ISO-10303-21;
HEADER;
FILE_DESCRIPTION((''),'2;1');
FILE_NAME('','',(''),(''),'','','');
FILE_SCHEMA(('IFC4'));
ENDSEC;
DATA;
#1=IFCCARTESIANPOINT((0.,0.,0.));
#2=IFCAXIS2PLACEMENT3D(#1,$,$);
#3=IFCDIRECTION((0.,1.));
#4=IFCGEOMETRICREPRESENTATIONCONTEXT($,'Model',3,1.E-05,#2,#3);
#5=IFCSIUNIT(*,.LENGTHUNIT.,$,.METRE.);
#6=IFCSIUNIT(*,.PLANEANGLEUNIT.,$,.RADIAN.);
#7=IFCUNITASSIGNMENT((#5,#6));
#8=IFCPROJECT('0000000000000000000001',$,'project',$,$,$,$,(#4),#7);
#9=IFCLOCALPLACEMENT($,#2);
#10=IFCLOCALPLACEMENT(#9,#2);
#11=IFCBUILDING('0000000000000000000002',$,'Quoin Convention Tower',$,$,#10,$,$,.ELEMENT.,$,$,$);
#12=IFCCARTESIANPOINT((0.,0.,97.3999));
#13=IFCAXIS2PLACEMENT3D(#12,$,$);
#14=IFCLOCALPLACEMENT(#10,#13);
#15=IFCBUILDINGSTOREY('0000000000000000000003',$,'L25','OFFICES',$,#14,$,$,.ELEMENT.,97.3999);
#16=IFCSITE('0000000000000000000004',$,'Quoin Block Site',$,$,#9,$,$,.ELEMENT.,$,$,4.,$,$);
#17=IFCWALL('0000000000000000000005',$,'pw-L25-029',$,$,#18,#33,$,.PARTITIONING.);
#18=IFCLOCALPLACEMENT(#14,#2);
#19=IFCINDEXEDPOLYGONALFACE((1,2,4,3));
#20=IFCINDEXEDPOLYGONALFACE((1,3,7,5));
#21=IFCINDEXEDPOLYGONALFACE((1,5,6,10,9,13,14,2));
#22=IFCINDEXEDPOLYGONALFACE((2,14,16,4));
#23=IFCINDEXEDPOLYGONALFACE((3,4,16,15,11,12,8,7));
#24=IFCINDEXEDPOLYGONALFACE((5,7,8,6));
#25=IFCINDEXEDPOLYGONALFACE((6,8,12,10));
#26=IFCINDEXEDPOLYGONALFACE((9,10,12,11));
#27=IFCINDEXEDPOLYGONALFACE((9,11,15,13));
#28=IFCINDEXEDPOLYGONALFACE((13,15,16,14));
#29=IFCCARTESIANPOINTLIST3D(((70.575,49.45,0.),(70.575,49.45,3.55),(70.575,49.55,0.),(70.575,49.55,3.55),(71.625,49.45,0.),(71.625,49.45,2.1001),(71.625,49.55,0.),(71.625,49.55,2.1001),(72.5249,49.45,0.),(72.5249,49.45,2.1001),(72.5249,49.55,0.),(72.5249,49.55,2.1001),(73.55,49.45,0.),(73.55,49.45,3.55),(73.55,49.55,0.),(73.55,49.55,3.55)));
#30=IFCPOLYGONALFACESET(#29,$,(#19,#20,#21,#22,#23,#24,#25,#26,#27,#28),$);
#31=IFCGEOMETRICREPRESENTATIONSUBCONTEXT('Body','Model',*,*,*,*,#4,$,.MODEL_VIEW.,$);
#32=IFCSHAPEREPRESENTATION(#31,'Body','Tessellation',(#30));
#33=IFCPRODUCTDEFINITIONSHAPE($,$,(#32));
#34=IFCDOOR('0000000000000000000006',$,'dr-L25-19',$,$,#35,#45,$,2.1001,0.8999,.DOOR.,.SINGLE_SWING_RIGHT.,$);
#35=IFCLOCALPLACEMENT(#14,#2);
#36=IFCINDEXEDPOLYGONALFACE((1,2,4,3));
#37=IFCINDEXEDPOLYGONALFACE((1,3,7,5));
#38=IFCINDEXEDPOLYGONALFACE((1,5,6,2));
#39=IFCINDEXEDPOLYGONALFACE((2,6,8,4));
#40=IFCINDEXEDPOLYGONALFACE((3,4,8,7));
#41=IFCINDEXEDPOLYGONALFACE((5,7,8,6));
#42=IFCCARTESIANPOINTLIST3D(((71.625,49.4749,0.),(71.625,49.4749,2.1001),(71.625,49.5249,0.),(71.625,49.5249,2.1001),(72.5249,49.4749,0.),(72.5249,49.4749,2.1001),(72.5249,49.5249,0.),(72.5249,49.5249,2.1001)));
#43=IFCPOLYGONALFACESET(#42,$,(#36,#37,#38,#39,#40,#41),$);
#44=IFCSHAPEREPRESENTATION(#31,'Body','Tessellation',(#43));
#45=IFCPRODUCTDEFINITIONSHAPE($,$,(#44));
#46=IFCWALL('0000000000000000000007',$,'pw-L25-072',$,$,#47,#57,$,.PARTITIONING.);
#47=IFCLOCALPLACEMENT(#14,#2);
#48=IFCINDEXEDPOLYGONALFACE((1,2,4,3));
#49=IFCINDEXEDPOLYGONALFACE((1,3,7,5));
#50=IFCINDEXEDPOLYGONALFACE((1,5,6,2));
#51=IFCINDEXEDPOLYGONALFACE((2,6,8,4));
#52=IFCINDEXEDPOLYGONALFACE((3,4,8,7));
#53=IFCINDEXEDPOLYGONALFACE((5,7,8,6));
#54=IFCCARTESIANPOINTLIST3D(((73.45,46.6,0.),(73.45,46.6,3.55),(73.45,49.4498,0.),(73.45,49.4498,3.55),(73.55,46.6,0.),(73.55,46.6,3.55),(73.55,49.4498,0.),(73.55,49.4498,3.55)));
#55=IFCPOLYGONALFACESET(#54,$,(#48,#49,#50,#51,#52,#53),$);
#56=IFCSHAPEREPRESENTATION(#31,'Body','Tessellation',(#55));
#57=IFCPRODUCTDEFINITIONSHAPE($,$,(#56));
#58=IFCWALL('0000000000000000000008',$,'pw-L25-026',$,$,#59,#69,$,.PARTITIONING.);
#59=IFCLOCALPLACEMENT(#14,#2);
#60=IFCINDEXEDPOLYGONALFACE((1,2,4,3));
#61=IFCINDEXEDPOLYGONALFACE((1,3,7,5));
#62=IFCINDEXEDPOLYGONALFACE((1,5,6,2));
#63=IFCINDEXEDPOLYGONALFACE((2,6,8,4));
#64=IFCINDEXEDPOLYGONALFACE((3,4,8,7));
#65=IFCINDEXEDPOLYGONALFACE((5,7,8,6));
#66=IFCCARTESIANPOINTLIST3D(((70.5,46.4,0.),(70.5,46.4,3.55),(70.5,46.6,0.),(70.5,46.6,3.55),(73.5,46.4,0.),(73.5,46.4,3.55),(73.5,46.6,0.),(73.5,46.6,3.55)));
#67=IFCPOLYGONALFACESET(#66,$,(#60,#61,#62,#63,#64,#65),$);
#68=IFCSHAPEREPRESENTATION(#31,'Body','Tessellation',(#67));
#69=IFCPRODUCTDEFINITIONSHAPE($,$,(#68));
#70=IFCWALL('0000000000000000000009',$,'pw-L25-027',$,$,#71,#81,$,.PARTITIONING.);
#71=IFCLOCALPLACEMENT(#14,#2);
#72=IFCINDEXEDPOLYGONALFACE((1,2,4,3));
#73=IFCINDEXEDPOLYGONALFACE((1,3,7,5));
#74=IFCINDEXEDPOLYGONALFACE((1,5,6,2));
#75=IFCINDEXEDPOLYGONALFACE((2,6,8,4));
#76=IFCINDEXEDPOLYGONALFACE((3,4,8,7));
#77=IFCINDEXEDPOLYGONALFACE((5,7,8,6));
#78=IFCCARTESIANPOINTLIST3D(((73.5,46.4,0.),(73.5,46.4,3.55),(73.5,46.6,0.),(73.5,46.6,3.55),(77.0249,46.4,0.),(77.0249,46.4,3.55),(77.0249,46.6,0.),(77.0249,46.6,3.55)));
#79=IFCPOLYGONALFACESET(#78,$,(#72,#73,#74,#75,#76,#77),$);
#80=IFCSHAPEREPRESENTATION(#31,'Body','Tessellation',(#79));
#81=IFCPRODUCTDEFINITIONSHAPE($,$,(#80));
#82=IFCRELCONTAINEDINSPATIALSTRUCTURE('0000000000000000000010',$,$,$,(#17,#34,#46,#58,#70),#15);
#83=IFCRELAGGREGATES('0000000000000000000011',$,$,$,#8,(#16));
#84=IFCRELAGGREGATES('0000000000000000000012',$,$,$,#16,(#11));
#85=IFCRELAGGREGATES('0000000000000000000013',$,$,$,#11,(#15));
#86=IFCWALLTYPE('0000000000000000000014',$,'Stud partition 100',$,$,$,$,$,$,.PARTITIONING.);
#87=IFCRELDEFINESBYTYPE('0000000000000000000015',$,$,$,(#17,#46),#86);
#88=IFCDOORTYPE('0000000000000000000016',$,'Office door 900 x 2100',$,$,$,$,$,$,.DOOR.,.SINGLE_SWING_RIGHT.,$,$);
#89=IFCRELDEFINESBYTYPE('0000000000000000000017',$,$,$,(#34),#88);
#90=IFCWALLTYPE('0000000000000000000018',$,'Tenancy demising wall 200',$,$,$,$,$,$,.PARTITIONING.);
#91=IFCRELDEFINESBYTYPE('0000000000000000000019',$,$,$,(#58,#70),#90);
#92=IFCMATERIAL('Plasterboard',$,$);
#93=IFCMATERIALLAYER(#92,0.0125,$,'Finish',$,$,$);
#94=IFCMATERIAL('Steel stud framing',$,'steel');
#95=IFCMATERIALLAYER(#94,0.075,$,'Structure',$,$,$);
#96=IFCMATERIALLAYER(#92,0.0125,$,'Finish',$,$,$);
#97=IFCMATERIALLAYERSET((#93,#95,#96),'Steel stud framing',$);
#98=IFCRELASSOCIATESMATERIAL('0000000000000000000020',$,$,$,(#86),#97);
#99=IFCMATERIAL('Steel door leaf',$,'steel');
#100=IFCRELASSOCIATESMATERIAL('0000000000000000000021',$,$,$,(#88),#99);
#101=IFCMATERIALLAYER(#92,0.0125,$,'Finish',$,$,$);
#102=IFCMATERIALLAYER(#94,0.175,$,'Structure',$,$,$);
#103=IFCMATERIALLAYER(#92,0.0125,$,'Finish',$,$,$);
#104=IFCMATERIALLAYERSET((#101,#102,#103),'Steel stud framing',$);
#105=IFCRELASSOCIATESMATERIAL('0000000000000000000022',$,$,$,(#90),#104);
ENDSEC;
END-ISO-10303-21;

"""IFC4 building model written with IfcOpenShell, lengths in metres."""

from ifc_helpers import new_model, si_unit, direction, frame, frame_2d, origin, place, context, subcontext, project, spatial, rectangle, extrude, material, layer, layer_set, type_object, element, fill, save


model = new_model("IFC4")

# Units and contexts
model_context = context("Model", 3, precision=1e-05, world=origin(), true_north=direction((0.0, 1.0)))
body_context = subcontext(model_context, "Body", "Model", "MODEL_VIEW")
ifc_project = project(units=[si_unit("LENGTHUNIT", "METRE"), si_unit("PLANEANGLEUNIT", "RADIAN")], contexts=[model_context])

# Site, building, storey
site_placement = place(None, origin())
site = spatial("IfcSite", under=ifc_project, at=site_placement, Name="Quoin Block Site", CompositionType="ELEMENT", RefElevation=4.0)
building_placement = place(site_placement, origin())
building = spatial("IfcBuilding", under=site, at=building_placement, Name="Quoin Convention Tower", CompositionType="ELEMENT")
storey_placement = place(building_placement, frame((0.0, 0.0, 97.3999)))
storey = spatial("IfcBuildingStorey", under=building, at=storey_placement, Name="L25", Description="OFFICES", CompositionType="ELEMENT", Elevation=97.3999)

# Shared definitions
ifc_material_1 = material(Name="Plasterboard")
ifc_material_2 = material(Name="Steel stud framing", Category="steel")

# Wall, opening, door
ifc_material_3 = material(Name="Steel door leaf", Category="steel")
ifc_layer_1 = layer(ifc_material_1, 0.0125, Name="Finish")
ifc_layer_2 = layer(ifc_material_2, 0.075, Name="Structure")
ifc_layer_3 = layer(ifc_material_1, 0.0125, Name="Finish")
ifc_layer_set_1 = layer_set([ifc_layer_1, ifc_layer_2, ifc_layer_3], Name="Steel stud framing")
wall_type_1 = type_object("IfcWallType", Name="Stud partition 100", PredefinedType="PARTITIONING", material=ifc_layer_set_1)
wall_1_placement = place(storey_placement, frame((70.575, 49.5, 0.0), z_axis=(0.0, 0.0, 1.0), x_axis=(1.0, 0.0, 0.0)))
wall_1 = element("IfcWall", 1, at=wall_1_placement, inside=storey, type_object=wall_type_1, Name="pw-L25-029", PredefinedType="PARTITIONING", context=body_context, shape_type="SweptSolid", body=[
    extrude(rectangle(XDim=2.9751, YDim=0.1001, at=frame_2d((1.4875, 0.0))), origin(), (0.0, 0.0, 1.0), 3.55),
])
opening_1_placement = place(wall_1_placement, frame((1.05, 0.0, 0.0)))
opening_1 = element("IfcOpeningElement", 2, at=opening_1_placement, cuts=wall_1, PredefinedType="OPENING", context=body_context, shape_type="SweptSolid", body=[
    extrude(rectangle(XDim=0.8999, YDim=2.1001, at=frame_2d((0.45, 1.05))), frame((0.0, 0.0601, 0.0), z_axis=(0.0, -1.0, 0.0), x_axis=(1.0, 0.0, 0.0)), (0.0, 0.0, 1.0), 0.1201),
])
door_type_1 = type_object("IfcDoorType", Name="Office door 900 x 2100", OperationType="SINGLE_SWING_RIGHT", PredefinedType="DOOR", material=ifc_material_3)
door_1_placement = place(opening_1_placement, origin())
door_1 = element("IfcDoor", 3, at=door_1_placement, inside=storey, type_object=door_type_1, Name="dr-L25-19", OperationType="SINGLE_SWING_RIGHT", OverallHeight=2.1001, OverallWidth=0.8999, PredefinedType="DOOR", context=body_context, shape_type="SweptSolid", body=[
    extrude(rectangle(XDim=0.8999, YDim=2.1001, at=frame_2d((0.45, 1.05))), frame((0.0, 0.0249, 0.0), z_axis=(0.0, -1.0, 0.0), x_axis=(1.0, 0.0, 0.0)), (0.0, 0.0, 1.0), 0.05),
])
fill(opening_1, door_1)

# Walls
wall_2_placement = place(storey_placement, frame((73.5, 46.6001, 0.0), z_axis=(0.0, 0.0, 1.0), x_axis=(0.0, 1.0, 0.0)))
element("IfcWall", 4, at=wall_2_placement, inside=storey, type_object=wall_type_1, Name="pw-L25-072", PredefinedType="PARTITIONING", context=body_context, shape_type="SweptSolid", body=[
    extrude(rectangle(XDim=2.8499, YDim=0.1001, at=frame_2d((1.4248, 0.0))), origin(), (0.0, 0.0, 1.0), 3.55),
])
ifc_layer_4 = layer(ifc_material_1, 0.0125, Name="Finish")
ifc_layer_5 = layer(ifc_material_2, 0.175, Name="Structure")
ifc_layer_6 = layer(ifc_material_1, 0.0125, Name="Finish")
ifc_layer_set_2 = layer_set([ifc_layer_4, ifc_layer_5, ifc_layer_6], Name="Steel stud framing")
wall_type_2 = type_object("IfcWallType", Name="Tenancy demising wall 200", PredefinedType="PARTITIONING", material=ifc_layer_set_2)
wall_3_placement = place(storey_placement, frame((70.5, 46.5, 0.0), z_axis=(0.0, 0.0, 1.0), x_axis=(1.0, 0.0, 0.0)))
element("IfcWall", 5, at=wall_3_placement, inside=storey, type_object=wall_type_2, Name="pw-L25-026", PredefinedType="PARTITIONING", context=body_context, shape_type="SweptSolid", body=[
    extrude(rectangle(XDim=3.0, YDim=0.2, at=frame_2d((1.5, 0.0))), origin(), (0.0, 0.0, 1.0), 3.55),
])
wall_4_placement = place(storey_placement, frame((73.5, 46.5, 0.0), z_axis=(0.0, 0.0, 1.0), x_axis=(1.0, 0.0, 0.0)))
element("IfcWall", 6, at=wall_4_placement, inside=storey, type_object=wall_type_2, Name="pw-L25-027", PredefinedType="PARTITIONING", context=body_context, shape_type="SweptSolid", body=[
    extrude(rectangle(XDim=3.5249, YDim=0.2, at=frame_2d((1.7625, 0.0))), origin(), (0.0, 0.0, 1.0), 3.55),
])

save(model, "model.ifc")
